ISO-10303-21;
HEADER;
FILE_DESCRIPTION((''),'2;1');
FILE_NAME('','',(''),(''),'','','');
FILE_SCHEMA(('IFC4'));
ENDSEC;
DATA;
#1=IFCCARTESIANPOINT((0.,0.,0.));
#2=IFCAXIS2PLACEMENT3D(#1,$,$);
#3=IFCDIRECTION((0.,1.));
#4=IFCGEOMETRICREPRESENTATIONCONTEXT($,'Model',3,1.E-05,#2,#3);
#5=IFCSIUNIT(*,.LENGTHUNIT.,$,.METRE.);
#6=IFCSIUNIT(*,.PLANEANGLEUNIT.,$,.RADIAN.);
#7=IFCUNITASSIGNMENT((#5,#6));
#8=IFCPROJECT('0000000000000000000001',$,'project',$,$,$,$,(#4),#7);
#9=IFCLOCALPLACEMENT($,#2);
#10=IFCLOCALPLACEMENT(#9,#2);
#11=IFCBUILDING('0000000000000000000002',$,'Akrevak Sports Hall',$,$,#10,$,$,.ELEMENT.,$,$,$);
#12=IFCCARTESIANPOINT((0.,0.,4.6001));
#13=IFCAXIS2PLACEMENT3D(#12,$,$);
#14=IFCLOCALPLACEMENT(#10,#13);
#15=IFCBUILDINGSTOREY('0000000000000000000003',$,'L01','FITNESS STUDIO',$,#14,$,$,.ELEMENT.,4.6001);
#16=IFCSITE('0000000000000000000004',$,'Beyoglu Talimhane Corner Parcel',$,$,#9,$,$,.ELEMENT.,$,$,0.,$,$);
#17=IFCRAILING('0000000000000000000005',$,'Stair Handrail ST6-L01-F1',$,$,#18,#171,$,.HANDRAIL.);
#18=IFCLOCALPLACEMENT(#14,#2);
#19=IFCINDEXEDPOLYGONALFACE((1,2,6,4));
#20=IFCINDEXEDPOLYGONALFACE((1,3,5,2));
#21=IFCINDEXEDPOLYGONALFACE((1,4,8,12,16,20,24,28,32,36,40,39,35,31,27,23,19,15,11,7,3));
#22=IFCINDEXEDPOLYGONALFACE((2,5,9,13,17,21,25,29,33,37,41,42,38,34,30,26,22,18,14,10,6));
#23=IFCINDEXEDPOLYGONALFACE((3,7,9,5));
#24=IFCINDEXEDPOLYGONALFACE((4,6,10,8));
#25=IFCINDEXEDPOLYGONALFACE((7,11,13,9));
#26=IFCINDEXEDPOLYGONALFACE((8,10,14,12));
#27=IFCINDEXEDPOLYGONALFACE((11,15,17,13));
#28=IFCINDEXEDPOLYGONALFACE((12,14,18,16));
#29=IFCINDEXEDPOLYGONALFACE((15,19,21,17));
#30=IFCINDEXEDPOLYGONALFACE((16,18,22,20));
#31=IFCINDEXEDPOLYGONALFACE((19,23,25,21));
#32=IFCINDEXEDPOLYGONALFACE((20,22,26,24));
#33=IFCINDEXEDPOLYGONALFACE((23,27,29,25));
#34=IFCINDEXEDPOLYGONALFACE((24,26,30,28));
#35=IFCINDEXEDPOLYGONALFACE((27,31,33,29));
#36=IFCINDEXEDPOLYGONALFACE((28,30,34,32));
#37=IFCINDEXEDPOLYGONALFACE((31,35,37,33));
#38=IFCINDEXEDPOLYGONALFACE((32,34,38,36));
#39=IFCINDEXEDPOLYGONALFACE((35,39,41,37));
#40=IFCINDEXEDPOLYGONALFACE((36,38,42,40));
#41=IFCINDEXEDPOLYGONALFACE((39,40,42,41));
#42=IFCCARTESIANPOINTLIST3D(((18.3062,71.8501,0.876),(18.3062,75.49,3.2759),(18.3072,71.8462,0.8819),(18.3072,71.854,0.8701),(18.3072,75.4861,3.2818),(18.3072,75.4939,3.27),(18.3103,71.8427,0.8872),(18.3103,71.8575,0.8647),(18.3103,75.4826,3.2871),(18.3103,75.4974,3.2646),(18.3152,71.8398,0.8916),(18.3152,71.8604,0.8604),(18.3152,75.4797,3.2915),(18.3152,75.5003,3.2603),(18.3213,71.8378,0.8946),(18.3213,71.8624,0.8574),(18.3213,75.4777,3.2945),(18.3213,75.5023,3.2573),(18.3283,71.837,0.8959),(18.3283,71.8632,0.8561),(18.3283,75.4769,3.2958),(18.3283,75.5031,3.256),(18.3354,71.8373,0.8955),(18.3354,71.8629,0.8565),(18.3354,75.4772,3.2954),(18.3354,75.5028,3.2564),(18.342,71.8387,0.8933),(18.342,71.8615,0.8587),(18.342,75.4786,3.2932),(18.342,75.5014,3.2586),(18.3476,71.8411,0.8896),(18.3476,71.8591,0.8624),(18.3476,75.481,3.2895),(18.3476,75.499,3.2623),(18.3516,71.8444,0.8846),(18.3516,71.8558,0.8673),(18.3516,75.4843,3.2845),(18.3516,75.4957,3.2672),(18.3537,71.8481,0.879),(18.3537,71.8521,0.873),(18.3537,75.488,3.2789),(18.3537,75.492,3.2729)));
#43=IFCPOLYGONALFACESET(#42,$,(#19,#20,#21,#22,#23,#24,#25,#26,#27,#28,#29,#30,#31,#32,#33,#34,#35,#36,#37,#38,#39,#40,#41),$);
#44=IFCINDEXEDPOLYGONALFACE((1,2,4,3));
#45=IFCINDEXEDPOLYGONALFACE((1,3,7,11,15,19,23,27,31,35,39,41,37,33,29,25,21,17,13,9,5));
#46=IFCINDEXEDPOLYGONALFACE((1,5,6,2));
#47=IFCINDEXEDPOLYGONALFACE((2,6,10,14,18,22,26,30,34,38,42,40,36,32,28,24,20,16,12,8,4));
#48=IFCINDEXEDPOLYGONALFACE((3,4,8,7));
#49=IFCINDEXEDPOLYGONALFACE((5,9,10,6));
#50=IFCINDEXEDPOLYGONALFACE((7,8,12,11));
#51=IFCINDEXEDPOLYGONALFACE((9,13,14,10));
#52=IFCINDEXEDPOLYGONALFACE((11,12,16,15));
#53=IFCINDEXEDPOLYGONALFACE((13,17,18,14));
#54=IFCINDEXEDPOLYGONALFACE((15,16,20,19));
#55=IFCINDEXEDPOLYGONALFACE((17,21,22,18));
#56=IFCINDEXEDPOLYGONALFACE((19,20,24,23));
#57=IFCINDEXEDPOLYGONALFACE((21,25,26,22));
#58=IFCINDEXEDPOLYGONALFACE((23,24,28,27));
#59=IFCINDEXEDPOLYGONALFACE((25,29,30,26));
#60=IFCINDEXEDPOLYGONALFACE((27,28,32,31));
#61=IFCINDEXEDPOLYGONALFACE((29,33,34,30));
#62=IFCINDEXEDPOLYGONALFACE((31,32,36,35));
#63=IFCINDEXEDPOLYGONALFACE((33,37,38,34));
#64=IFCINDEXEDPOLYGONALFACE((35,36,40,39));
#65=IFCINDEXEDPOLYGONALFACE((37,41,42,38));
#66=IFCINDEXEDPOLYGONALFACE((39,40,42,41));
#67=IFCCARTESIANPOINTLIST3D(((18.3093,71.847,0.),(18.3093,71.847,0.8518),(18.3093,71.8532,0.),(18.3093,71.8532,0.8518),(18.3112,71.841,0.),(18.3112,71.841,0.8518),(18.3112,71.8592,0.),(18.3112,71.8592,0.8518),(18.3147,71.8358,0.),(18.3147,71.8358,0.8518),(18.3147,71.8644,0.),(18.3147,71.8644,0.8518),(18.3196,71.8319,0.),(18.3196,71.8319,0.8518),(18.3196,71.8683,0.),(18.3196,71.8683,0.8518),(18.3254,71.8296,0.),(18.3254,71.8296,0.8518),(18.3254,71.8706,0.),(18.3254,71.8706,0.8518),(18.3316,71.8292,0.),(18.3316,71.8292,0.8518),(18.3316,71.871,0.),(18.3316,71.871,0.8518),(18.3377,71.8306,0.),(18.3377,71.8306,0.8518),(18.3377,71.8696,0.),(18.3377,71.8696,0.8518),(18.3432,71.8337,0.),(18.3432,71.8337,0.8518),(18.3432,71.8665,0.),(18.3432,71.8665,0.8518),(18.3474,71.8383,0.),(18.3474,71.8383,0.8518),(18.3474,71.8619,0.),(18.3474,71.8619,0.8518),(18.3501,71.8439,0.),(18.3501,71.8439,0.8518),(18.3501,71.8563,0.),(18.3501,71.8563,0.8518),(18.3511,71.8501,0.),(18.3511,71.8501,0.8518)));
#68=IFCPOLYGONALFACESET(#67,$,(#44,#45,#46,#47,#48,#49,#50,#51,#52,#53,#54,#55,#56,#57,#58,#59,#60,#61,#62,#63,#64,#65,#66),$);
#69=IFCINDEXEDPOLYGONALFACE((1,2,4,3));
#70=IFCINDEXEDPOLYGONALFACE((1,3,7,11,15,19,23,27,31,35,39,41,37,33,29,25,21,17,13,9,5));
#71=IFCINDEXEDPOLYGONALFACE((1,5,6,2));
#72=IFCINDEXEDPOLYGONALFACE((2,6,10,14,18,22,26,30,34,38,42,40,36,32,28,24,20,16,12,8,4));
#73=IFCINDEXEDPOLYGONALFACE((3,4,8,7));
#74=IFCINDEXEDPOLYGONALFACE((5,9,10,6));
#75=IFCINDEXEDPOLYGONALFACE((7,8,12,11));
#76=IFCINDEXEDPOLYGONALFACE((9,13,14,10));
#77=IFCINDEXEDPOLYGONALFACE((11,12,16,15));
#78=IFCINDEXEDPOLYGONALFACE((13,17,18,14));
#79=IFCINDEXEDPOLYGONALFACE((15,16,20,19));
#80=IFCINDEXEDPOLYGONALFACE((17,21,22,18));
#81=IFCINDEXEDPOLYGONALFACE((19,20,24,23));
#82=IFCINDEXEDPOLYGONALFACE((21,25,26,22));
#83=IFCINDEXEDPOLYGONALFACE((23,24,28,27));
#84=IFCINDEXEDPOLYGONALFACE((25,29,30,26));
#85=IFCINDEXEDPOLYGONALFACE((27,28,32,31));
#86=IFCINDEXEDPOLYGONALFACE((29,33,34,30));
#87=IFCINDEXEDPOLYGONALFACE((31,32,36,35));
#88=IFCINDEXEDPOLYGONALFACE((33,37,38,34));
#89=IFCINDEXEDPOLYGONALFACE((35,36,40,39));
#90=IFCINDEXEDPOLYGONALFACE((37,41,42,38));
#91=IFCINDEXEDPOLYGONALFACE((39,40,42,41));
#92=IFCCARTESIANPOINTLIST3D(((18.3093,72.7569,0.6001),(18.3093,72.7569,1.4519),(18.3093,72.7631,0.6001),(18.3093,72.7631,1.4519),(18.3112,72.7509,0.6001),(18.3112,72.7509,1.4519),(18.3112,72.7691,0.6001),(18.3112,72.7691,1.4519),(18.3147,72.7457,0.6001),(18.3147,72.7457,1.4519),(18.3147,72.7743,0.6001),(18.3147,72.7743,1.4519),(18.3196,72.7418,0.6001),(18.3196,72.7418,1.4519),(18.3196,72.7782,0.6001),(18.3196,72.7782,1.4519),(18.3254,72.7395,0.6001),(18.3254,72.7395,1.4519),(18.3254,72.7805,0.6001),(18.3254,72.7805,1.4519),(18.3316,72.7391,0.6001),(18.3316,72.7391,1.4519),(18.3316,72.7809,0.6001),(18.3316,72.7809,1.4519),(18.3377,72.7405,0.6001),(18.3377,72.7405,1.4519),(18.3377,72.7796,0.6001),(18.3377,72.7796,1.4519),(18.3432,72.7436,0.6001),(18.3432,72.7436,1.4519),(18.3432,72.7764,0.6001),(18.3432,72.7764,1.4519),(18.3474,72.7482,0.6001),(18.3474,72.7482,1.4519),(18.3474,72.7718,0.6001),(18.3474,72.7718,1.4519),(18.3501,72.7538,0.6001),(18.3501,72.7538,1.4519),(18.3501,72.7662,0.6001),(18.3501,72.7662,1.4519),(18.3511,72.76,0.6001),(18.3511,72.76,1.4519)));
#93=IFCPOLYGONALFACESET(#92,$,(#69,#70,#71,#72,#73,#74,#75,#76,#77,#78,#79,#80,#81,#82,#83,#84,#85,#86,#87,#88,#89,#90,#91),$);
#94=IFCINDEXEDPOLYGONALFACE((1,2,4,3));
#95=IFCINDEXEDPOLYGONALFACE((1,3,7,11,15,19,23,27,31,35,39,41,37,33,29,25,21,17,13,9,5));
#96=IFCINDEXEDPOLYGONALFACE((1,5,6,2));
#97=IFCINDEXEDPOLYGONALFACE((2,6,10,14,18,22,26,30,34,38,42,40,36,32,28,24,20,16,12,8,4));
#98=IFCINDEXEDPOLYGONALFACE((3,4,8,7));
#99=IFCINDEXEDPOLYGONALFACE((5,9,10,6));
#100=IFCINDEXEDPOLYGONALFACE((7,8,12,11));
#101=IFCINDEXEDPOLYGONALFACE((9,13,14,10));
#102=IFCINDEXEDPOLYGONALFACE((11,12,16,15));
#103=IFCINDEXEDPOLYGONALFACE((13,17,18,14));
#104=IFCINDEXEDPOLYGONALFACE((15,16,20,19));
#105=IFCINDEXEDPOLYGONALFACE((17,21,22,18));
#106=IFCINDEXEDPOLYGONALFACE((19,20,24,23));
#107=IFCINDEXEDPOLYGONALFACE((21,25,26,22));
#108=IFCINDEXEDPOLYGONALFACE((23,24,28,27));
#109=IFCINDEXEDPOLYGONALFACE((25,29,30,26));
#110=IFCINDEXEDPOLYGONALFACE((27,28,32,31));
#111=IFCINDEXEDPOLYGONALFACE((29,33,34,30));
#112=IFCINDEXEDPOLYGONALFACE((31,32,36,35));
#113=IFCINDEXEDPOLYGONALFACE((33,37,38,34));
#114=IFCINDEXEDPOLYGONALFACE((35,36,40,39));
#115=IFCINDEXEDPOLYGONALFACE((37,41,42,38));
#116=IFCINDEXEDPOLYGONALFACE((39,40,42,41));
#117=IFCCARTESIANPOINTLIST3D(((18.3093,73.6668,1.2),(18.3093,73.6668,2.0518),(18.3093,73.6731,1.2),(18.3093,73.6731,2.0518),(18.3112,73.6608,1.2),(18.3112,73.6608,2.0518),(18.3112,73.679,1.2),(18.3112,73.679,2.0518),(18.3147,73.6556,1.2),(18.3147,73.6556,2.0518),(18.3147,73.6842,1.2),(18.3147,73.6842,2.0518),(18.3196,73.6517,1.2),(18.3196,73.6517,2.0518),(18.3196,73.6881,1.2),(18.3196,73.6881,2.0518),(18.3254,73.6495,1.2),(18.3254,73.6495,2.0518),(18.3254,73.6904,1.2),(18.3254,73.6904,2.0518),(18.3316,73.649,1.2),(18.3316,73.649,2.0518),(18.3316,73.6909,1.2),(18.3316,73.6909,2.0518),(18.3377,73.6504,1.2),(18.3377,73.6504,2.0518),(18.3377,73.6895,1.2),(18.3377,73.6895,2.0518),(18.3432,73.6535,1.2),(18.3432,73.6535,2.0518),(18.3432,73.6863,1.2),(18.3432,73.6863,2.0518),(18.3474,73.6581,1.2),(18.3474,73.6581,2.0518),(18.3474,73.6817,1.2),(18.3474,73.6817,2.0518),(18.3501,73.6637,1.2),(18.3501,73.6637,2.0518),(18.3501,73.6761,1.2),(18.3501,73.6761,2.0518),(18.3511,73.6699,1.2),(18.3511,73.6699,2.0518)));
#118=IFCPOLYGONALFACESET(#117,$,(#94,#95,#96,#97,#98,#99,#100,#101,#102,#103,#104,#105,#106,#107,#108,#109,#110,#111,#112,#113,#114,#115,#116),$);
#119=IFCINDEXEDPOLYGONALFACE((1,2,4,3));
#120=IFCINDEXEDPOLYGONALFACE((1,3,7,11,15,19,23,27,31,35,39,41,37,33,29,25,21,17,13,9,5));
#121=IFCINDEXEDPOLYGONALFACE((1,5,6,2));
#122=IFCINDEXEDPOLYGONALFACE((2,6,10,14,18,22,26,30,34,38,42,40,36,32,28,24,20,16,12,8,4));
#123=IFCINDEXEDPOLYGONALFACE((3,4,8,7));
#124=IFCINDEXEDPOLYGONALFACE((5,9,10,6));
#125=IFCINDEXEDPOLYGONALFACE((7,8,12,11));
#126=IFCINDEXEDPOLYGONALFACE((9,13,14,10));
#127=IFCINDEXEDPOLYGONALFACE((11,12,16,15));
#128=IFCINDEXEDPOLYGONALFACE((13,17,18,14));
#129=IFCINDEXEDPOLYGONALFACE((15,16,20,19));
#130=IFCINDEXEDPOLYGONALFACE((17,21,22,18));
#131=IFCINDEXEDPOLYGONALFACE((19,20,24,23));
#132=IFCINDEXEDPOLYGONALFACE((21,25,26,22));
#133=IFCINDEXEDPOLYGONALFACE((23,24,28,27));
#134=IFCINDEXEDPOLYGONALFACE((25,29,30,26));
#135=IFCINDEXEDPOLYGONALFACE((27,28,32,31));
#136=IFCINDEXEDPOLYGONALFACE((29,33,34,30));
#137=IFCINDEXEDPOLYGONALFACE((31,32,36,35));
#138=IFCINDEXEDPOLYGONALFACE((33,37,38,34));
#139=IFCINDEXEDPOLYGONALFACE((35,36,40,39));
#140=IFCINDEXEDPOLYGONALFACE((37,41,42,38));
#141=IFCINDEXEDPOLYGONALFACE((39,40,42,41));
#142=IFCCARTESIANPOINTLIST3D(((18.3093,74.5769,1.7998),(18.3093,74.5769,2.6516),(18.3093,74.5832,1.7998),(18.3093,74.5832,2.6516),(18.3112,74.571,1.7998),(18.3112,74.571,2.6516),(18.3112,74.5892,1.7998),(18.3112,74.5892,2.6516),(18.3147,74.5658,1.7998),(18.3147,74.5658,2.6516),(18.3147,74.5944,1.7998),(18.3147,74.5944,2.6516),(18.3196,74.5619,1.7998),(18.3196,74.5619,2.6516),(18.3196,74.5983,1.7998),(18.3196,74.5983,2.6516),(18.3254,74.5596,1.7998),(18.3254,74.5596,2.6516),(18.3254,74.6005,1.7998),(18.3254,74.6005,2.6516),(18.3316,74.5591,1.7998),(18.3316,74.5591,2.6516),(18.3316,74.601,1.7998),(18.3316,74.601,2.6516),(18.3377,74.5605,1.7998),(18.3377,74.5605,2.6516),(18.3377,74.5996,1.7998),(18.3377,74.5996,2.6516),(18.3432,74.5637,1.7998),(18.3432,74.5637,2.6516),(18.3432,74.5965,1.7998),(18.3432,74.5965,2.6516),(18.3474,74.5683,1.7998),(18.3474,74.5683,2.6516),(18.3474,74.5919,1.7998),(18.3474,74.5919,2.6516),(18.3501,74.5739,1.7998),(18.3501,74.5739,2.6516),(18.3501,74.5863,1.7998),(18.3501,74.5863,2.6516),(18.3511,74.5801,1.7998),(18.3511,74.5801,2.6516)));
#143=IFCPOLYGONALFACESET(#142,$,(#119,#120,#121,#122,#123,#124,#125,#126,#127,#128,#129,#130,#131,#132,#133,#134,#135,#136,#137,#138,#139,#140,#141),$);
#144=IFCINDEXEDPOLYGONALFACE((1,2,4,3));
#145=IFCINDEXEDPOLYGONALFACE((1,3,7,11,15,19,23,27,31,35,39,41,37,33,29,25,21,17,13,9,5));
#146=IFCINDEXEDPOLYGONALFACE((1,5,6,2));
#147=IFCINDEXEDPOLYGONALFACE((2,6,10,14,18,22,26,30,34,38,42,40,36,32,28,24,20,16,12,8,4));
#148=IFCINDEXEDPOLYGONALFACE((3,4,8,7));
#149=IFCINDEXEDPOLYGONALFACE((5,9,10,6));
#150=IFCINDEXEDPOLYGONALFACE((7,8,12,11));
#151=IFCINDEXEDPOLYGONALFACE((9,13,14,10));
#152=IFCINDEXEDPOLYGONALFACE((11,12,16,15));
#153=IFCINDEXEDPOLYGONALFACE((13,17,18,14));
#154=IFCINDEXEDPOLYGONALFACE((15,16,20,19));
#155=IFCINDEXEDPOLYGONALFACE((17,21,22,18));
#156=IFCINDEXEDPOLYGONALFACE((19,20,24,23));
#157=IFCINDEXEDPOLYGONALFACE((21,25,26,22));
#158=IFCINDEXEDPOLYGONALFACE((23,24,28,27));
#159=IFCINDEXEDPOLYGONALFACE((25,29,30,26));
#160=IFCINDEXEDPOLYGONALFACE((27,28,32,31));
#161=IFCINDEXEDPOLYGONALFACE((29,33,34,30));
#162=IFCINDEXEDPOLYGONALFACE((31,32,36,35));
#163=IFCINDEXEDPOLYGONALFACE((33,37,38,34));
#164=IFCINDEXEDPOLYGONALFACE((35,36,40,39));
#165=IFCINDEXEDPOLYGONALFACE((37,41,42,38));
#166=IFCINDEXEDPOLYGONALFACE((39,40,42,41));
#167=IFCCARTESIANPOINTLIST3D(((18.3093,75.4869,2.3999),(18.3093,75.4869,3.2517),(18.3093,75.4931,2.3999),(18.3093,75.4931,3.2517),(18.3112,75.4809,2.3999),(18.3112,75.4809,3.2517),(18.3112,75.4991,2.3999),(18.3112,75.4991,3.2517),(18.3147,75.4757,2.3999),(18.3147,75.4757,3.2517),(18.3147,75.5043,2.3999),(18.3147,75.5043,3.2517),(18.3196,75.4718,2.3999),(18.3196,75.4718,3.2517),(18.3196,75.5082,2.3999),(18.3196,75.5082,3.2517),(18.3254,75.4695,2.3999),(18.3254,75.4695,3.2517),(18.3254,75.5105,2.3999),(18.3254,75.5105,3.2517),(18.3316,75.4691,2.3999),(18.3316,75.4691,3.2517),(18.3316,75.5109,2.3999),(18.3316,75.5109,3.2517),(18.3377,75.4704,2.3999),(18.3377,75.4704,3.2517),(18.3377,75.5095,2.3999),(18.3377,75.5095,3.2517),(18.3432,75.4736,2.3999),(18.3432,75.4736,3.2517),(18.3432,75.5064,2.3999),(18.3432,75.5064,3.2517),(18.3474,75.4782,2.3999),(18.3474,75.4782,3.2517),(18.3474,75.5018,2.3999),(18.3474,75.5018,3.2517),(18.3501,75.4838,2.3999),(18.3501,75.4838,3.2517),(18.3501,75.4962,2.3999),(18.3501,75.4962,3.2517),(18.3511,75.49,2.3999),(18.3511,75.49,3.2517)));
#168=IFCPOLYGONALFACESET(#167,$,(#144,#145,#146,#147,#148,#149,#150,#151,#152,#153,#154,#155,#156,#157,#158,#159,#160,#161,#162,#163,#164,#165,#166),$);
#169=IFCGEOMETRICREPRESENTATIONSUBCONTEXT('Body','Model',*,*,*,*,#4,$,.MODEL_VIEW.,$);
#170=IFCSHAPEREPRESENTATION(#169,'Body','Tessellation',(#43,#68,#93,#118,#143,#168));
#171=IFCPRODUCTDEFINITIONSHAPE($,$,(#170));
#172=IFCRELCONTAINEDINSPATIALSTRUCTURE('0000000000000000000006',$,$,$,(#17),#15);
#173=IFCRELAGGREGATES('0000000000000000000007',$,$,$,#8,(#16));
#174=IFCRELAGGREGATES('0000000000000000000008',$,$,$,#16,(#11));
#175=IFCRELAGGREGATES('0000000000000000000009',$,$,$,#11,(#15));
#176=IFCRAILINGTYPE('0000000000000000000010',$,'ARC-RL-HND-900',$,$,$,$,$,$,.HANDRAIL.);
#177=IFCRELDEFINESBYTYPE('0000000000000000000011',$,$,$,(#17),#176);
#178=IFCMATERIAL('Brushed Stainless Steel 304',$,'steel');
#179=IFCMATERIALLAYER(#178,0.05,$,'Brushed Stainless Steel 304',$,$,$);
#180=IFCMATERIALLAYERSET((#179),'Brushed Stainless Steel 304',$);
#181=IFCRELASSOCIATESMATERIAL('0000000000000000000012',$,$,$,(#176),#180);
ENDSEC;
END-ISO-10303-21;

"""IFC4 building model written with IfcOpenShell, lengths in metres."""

from ifc_helpers import new_model, si_unit, direction, frame, origin, origin_2d, place, context, subcontext, project, spatial, circle, extrude, material, layer, layer_set, type_object, element, save


model = new_model("IFC4")

# Units and contexts
model_context = context("Model", 3, precision=1e-05, world=origin(), true_north=direction((0.0, 1.0)))
body_context = subcontext(model_context, "Body", "Model", "MODEL_VIEW")
ifc_project = project(units=[si_unit("LENGTHUNIT", "METRE"), si_unit("PLANEANGLEUNIT", "RADIAN")], contexts=[model_context])

# Site, building, storey
site_placement = place(None, origin())
site = spatial("IfcSite", under=ifc_project, at=site_placement, Name="Beyoglu Talimhane Corner Parcel", CompositionType="ELEMENT", RefElevation=0.0)
building_placement = place(site_placement, origin())
building = spatial("IfcBuilding", under=site, at=building_placement, Name="Akrevak Sports Hall", CompositionType="ELEMENT")
storey_placement = place(building_placement, frame((0.0, 0.0, 4.6001)))
storey = spatial("IfcBuildingStorey", under=building, at=storey_placement, Name="L01", Description="FITNESS STUDIO", CompositionType="ELEMENT", Elevation=4.6001)

# Railing
ifc_material_1 = material(Name="Brushed Stainless Steel 304", Category="steel")
ifc_layer_1 = layer(ifc_material_1, 0.05, Name="Brushed Stainless Steel 304")
ifc_layer_set_1 = layer_set([ifc_layer_1], Name="Brushed Stainless Steel 304")
railing_type_1 = type_object("IfcRailingType", Name="ARC-RL-HND-900", PredefinedType="HANDRAIL", material=ifc_layer_set_1)
railing_1_placement = place(storey_placement, frame((18.3301, 71.8501, 0.0)))
element("IfcRailing", 1, at=railing_1_placement, inside=storey, type_object=railing_type_1, Name="Stair Handrail ST6-L01-F1", PredefinedType="HANDRAIL", context=body_context, shape_type="SweptSolid", body=[
    extrude(circle(Radius=0.0239, at=origin_2d()), frame((0.0, 0.0, 0.876), z_axis=(0.0, 0.834865, 0.550454), x_axis=(-1.0, 0.0, 0.0)), (0.0, 0.0, 1.0), 4.3599),
    extrude(circle(Radius=0.021, at=origin_2d()), origin(), (0.0, 0.0, 1.0), 0.8518),
    extrude(circle(Radius=0.021, at=origin_2d()), frame((0.0, 0.9099, 0.6001)), (0.0, 0.0, 1.0), 0.8518),
    extrude(circle(Radius=0.021, at=origin_2d()), frame((0.0, 1.8198, 1.2)), (0.0, 0.0, 1.0), 0.8518),
    extrude(circle(Radius=0.021, at=origin_2d()), frame((0.0, 2.73, 1.7998)), (0.0, 0.0, 1.0), 0.8518),
    extrude(circle(Radius=0.021, at=origin_2d()), frame((0.0, 3.6399, 2.3999)), (0.0, 0.0, 1.0), 0.8518),
])

save(model, "model.ifc")
